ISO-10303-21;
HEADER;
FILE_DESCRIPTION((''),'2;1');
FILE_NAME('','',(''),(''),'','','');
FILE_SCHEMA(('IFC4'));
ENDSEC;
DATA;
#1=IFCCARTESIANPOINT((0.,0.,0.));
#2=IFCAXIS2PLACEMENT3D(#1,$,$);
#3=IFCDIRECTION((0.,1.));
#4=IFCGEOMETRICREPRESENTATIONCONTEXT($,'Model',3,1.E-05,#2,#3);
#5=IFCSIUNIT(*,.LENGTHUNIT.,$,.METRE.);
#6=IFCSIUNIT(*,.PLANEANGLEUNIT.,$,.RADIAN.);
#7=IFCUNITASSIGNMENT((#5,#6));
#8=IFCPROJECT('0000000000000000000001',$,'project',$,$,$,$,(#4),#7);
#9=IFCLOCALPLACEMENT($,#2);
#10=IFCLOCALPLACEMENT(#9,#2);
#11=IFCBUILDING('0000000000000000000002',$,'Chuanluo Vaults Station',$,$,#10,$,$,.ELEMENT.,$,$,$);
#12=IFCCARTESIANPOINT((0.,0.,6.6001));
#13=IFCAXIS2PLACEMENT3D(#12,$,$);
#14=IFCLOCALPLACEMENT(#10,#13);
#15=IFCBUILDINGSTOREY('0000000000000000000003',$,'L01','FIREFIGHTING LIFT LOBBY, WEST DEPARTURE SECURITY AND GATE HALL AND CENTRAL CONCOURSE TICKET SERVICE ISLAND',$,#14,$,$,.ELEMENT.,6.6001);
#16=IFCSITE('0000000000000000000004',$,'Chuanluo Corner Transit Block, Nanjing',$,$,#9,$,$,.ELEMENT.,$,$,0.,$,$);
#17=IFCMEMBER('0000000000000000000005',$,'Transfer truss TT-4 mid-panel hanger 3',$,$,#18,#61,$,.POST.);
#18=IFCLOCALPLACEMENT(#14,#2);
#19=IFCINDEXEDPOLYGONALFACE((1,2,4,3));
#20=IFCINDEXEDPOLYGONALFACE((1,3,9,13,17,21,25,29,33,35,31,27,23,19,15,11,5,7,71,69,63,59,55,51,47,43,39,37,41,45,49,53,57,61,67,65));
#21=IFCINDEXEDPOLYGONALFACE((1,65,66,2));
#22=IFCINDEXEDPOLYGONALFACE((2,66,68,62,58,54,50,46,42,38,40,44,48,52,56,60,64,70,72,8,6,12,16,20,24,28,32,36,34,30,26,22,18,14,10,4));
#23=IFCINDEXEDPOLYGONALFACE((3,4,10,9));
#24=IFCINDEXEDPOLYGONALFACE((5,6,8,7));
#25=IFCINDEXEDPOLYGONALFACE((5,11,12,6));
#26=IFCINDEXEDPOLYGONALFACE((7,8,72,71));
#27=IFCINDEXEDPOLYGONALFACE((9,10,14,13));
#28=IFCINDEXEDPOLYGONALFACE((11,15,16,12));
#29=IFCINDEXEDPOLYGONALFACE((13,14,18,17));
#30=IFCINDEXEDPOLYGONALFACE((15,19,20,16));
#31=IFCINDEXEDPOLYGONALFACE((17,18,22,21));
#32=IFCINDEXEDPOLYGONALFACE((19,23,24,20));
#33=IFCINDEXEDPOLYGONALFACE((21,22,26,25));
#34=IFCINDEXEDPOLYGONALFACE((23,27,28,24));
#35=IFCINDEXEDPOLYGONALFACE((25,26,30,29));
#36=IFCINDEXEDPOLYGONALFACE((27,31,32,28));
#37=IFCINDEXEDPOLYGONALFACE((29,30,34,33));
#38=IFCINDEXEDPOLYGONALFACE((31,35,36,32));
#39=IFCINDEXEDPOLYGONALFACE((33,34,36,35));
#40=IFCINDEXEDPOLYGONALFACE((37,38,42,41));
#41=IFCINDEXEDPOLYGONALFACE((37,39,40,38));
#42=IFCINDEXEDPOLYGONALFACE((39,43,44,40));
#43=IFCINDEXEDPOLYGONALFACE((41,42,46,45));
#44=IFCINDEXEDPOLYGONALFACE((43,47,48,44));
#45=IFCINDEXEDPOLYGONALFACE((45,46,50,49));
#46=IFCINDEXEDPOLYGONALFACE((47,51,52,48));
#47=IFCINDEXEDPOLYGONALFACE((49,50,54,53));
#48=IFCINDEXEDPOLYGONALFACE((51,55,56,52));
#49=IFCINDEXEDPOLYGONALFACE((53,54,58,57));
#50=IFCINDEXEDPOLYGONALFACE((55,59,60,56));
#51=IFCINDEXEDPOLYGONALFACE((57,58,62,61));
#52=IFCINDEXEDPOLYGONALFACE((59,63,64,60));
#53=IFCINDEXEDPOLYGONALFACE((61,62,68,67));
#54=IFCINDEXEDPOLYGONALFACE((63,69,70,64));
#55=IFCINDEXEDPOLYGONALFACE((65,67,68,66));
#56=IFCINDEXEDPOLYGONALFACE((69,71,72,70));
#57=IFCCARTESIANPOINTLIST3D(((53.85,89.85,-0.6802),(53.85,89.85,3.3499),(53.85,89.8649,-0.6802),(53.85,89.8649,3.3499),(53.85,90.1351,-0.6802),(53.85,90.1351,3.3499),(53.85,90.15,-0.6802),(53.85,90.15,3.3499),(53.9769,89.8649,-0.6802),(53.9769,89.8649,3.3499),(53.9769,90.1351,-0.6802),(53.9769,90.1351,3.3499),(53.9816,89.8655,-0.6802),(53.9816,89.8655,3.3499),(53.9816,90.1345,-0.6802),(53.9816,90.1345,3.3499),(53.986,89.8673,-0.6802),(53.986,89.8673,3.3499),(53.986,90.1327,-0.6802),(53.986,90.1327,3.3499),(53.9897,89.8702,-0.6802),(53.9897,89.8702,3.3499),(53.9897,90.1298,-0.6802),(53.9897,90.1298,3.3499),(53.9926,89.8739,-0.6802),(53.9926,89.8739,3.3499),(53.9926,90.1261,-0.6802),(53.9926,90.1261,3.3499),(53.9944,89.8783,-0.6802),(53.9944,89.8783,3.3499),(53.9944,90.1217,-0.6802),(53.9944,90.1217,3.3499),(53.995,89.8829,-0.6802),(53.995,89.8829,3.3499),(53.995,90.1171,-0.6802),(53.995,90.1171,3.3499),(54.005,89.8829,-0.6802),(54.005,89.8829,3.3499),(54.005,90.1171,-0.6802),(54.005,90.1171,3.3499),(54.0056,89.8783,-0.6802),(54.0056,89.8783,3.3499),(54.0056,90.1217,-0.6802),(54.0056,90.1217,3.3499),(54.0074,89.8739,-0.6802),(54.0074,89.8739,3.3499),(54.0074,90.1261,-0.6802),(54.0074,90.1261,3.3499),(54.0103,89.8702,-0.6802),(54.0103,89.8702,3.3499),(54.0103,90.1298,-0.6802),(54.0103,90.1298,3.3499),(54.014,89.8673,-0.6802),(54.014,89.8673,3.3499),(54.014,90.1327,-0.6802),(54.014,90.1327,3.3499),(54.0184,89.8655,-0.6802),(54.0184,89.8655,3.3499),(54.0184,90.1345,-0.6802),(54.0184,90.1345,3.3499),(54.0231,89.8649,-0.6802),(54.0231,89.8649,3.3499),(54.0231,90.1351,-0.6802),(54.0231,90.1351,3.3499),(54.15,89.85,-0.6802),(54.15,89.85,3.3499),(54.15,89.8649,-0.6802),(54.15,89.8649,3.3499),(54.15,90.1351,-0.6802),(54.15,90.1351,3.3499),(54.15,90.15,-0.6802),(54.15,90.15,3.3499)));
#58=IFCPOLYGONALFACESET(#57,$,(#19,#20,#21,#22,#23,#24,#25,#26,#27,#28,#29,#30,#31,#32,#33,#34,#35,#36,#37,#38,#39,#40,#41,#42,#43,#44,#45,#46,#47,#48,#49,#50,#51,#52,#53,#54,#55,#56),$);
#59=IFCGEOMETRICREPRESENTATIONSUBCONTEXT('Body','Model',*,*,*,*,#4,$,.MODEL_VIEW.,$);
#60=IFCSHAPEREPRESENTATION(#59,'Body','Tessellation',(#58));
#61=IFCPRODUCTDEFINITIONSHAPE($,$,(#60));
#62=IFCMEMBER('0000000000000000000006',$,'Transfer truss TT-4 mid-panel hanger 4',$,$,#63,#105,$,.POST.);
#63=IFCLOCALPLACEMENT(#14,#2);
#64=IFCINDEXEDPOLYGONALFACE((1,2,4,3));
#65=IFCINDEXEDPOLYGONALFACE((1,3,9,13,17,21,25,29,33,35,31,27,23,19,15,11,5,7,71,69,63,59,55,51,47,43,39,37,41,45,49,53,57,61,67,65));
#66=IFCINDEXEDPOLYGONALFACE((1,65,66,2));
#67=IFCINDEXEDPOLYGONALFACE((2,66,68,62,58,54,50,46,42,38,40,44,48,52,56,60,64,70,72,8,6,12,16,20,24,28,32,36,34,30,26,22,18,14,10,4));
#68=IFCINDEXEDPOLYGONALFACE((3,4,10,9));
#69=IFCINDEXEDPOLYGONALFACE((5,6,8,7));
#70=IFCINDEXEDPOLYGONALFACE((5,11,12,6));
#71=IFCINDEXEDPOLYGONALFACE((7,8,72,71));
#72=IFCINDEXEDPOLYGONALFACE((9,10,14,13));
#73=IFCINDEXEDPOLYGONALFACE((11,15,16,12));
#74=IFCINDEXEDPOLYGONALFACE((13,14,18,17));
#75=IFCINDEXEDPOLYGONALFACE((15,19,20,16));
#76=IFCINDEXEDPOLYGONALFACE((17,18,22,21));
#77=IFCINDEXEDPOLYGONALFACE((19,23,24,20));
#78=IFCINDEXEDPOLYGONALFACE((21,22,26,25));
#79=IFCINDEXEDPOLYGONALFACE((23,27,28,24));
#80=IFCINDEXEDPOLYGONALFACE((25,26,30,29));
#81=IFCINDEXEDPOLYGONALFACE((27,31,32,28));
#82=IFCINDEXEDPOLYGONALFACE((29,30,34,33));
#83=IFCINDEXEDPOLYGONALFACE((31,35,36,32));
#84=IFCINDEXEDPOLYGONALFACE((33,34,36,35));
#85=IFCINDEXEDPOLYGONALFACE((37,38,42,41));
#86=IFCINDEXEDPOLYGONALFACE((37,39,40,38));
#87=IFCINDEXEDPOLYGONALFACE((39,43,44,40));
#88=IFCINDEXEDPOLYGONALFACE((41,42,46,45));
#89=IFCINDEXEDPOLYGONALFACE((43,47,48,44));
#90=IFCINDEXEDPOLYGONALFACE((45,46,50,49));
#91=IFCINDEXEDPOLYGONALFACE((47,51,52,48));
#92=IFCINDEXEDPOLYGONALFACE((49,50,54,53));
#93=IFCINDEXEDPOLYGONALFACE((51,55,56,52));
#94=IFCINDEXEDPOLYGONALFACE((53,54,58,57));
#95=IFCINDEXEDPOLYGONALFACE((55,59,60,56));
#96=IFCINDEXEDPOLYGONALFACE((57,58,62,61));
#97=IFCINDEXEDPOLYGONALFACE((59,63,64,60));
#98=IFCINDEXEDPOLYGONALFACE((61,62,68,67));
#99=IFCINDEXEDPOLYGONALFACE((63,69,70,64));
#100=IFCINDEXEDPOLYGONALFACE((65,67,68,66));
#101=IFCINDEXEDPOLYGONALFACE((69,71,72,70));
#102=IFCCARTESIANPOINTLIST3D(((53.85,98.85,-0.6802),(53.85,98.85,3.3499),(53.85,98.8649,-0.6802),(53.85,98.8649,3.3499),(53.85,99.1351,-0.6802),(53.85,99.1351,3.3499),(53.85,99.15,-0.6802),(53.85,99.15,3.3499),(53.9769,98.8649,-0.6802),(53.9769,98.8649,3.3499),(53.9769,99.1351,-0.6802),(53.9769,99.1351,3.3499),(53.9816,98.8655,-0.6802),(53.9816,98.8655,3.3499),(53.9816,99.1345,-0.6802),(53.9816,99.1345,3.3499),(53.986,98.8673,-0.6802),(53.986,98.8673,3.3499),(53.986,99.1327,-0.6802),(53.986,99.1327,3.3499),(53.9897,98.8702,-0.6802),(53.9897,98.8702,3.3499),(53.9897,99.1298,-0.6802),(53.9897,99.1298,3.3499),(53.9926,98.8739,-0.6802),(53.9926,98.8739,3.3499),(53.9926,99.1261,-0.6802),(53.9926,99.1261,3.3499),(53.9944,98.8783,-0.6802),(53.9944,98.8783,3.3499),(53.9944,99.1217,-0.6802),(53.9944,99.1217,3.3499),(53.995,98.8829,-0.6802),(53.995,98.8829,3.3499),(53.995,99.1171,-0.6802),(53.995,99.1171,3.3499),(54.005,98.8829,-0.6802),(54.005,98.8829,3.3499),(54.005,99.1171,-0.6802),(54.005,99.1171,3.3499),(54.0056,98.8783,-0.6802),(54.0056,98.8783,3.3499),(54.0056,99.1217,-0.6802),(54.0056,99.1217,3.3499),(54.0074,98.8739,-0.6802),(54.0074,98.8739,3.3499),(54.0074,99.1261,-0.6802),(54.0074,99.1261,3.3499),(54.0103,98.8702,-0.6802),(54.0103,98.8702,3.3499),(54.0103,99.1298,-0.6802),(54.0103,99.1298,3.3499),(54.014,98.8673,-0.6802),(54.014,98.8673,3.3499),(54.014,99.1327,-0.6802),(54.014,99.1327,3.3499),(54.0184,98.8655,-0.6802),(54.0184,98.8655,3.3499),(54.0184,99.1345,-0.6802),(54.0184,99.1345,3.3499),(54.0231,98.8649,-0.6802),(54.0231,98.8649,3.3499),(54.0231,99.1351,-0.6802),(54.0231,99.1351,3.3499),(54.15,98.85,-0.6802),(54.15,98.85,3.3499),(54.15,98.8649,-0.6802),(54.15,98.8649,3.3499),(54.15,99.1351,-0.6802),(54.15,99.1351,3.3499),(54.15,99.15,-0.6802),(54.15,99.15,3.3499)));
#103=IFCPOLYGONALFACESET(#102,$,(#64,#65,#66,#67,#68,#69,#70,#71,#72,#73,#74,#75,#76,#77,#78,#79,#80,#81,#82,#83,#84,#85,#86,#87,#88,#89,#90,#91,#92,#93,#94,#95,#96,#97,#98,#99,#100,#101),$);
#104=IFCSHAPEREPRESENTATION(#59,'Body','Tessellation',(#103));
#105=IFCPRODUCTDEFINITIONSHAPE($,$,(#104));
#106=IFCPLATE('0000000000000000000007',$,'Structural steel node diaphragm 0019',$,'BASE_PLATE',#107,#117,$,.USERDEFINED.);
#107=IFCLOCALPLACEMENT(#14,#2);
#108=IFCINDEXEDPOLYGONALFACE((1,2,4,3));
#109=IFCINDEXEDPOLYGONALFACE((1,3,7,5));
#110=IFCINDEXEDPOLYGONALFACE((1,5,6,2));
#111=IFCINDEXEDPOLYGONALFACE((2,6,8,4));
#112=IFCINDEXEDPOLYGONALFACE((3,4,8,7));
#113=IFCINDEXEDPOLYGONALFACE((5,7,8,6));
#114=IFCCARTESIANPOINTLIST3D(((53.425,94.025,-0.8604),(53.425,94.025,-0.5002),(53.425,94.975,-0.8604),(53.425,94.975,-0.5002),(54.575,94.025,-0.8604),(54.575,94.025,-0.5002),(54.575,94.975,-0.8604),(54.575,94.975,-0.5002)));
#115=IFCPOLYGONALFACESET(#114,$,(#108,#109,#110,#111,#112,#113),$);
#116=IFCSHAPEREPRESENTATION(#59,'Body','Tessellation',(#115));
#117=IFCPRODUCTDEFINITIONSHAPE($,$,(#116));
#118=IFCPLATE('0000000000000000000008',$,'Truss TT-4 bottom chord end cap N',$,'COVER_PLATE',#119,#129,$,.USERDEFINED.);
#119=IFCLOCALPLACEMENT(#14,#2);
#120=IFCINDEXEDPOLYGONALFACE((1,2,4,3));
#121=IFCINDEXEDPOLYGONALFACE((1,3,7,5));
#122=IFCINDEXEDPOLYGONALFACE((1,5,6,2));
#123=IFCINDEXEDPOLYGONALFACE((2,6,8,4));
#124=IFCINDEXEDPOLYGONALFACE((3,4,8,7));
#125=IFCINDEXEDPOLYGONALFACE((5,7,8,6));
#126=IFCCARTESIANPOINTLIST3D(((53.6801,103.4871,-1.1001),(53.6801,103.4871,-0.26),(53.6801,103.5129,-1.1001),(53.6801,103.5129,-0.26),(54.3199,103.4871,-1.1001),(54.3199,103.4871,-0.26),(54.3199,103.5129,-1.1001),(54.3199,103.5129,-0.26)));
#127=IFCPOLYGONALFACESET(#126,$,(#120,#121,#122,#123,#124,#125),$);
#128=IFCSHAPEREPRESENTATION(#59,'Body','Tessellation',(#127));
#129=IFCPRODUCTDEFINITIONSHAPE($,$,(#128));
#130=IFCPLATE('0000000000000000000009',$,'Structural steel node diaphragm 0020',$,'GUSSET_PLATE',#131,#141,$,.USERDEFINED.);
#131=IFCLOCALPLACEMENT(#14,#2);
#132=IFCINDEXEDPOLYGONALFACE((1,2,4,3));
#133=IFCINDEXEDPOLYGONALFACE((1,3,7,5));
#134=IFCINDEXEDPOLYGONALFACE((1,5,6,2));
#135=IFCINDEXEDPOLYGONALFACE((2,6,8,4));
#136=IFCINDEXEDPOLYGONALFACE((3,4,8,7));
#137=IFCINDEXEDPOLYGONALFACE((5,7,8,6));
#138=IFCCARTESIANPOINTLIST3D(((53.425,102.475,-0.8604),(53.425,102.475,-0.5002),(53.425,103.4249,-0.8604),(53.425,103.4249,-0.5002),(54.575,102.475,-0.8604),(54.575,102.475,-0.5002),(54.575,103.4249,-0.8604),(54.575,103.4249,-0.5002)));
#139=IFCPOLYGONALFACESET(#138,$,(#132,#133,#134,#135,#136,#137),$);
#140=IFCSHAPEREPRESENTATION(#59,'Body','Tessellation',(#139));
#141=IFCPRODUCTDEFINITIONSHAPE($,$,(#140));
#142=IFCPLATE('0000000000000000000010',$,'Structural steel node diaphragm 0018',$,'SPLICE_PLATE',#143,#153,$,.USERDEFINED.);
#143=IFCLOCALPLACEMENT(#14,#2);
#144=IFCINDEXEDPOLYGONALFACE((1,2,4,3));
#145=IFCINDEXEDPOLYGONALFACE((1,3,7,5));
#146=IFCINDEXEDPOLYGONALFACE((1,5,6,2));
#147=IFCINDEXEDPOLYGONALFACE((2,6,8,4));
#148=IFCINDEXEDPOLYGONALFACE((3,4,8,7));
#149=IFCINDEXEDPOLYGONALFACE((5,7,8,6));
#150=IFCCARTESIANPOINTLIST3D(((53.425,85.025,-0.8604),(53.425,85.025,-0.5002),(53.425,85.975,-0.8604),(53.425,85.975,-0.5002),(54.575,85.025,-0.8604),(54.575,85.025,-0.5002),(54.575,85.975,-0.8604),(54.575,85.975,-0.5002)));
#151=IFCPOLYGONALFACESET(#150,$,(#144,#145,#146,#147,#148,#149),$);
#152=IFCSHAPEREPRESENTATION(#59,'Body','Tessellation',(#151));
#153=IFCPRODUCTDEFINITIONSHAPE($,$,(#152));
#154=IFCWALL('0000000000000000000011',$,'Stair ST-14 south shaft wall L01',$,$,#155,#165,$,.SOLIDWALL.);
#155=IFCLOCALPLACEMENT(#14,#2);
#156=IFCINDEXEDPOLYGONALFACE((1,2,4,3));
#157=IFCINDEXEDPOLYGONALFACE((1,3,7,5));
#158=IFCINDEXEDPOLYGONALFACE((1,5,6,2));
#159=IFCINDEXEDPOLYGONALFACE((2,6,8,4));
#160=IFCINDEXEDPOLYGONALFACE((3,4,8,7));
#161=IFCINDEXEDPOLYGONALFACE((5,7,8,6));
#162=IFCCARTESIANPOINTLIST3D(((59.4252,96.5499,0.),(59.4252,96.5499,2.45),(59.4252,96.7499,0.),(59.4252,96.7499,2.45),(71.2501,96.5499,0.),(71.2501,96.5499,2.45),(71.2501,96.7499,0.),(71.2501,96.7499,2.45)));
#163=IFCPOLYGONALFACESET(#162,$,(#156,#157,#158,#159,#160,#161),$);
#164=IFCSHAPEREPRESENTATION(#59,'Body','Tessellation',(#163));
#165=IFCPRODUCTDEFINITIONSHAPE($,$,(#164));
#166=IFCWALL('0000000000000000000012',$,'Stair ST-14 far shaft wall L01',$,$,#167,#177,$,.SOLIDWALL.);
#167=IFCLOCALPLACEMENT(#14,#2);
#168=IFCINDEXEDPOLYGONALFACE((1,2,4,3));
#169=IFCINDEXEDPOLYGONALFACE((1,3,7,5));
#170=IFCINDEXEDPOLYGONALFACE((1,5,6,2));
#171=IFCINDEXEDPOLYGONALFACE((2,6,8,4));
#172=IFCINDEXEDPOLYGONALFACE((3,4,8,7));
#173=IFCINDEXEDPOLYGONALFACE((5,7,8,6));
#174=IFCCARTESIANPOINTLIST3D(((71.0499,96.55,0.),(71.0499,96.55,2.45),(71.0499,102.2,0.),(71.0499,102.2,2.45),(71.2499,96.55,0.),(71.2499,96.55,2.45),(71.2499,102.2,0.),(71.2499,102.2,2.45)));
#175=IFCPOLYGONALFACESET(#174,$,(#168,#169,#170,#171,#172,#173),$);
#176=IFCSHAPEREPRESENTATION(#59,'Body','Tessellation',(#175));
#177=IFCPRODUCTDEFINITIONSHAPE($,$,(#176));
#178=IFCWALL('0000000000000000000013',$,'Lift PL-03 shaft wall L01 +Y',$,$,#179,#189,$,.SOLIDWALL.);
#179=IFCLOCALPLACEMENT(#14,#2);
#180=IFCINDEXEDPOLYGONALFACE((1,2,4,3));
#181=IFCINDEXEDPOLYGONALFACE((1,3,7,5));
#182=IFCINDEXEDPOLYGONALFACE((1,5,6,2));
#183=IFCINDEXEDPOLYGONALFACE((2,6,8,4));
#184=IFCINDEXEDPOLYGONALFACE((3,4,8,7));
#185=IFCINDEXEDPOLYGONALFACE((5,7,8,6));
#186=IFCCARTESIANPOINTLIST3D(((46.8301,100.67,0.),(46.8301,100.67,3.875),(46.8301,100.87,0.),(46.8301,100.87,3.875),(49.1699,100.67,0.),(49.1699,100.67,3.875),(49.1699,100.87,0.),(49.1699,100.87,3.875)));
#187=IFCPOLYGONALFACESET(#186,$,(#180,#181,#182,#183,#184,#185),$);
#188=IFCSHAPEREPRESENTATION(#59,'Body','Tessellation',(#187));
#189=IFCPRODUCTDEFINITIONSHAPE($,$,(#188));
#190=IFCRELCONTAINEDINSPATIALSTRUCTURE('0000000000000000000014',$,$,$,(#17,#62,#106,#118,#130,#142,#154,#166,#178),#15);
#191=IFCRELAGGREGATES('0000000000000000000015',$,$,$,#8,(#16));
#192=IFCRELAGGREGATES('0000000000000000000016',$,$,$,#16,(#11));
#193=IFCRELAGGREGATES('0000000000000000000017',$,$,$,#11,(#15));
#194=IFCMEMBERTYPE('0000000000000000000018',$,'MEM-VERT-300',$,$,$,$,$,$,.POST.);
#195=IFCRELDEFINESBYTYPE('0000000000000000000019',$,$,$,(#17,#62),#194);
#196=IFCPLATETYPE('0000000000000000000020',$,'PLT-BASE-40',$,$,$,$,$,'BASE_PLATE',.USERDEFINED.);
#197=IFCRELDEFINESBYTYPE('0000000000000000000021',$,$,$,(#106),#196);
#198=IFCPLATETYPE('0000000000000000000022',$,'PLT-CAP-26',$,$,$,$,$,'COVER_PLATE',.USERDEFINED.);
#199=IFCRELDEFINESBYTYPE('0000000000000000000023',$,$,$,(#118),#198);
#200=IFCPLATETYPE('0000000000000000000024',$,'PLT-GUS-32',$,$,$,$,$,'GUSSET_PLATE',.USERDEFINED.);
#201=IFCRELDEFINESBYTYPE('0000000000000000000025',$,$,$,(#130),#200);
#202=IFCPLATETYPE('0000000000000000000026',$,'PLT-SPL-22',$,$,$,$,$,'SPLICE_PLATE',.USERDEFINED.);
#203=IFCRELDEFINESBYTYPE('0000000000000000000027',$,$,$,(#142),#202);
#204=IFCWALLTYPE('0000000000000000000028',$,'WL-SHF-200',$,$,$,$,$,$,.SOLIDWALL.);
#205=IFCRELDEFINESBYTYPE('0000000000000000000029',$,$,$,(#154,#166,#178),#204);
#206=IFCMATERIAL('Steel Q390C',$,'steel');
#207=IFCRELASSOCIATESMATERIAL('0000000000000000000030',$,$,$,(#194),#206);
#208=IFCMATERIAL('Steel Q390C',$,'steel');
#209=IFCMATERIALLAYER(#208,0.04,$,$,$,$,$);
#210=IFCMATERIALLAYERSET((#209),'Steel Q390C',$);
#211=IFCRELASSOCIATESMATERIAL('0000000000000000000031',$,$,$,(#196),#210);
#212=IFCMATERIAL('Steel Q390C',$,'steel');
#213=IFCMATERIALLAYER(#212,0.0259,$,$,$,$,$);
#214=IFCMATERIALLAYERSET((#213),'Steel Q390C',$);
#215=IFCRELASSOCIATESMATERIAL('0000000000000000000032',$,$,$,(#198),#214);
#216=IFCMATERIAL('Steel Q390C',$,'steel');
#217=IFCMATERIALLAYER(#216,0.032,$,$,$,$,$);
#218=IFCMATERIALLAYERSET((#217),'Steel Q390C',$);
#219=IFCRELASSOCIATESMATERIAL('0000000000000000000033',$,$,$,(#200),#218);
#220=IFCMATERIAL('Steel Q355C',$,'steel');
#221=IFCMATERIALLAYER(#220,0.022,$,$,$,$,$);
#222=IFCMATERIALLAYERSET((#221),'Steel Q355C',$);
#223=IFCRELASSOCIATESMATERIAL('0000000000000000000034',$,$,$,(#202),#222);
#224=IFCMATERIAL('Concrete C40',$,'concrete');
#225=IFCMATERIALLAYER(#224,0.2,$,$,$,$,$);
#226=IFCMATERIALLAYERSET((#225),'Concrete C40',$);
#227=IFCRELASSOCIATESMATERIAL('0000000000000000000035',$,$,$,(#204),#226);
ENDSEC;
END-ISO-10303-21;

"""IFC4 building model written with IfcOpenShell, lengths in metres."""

from ifc_helpers import new_model, si_unit, direction, frame, frame_2d, origin, origin_2d, place, context, subcontext, project, spatial, rectangle, i_section, extrude, material, layer, layer_set, material_profile, profile_set, type_object, element, save


model = new_model("IFC4")

# Units and contexts
model_context = context("Model", 3, precision=1e-05, world=origin(), true_north=direction((0.0, 1.0)))
body_context = subcontext(model_context, "Body", "Model", "MODEL_VIEW")
ifc_project = project(units=[si_unit("LENGTHUNIT", "METRE"), si_unit("PLANEANGLEUNIT", "RADIAN")], contexts=[model_context])

# Site, building, storey
site_placement = place(None, origin())
site = spatial("IfcSite", under=ifc_project, at=site_placement, Name="Chuanluo Corner Transit Block, Nanjing", CompositionType="ELEMENT", RefElevation=0.0)
building_placement = place(site_placement, origin())
building = spatial("IfcBuilding", under=site, at=building_placement, Name="Chuanluo Vaults Station", CompositionType="ELEMENT")
storey_placement = place(building_placement, frame((0.0, 0.0, 6.6001)))
storey = spatial("IfcBuildingStorey", under=building, at=storey_placement, Name="L01", Description="FIREFIGHTING LIFT LOBBY, WEST DEPARTURE SECURITY AND GATE HALL AND CENTRAL CONCOURSE TICKET SERVICE ISLAND", CompositionType="ELEMENT", Elevation=6.6001)

# Members
ifc_material_1 = material(Name="Steel Q390C", Category="steel")
ifc_material_profile_1 = material_profile(ifc_material_1, i_section(OverallWidth=0.3, OverallDepth=0.3, WebThickness=0.01, FlangeThickness=0.0149, FilletRadius=0.0181, at=origin_2d()))
ifc_profile_set_1 = profile_set([ifc_material_profile_1], Name="Steel Q390C")
member_type_1 = type_object("IfcMemberType", Name="MEM-VERT-300", PredefinedType="POST", material=ifc_profile_set_1)
for number, where, z_axis, x_axis, name in (
    (1, (54.0, 90.0, -0.6802), (0.0, 0.0, 1.0), (1.0, 0.0, 0.0), "Transfer truss TT-4 mid-panel hanger 3"),
    (2, (54.0, 99.0, -0.6802), (0.0, 0.0, 1.0), (1.0, 0.0, 0.0), "Transfer truss TT-4 mid-panel hanger 4"),
):
    element("IfcMember", number, at=place(storey_placement, frame(where, z_axis=z_axis, x_axis=x_axis)), inside=storey, type_object=member_type_1, Name=name, PredefinedType="POST", context=body_context, shape_type="SweptSolid", body=[
        extrude(i_section(OverallWidth=0.3, OverallDepth=0.3, WebThickness=0.01, FlangeThickness=0.0149, FilletRadius=0.0181, at=origin_2d()), origin(), (0.0, 0.0, 1.0), 4.03),
    ])

# Plates
ifc_material_2 = material(Name="Steel Q390C", Category="steel")
ifc_layer_1 = layer(ifc_material_2, 0.04)
ifc_layer_set_1 = layer_set([ifc_layer_1], Name="Steel Q390C")
plate_type_1 = type_object("IfcPlateType", Name="PLT-BASE-40", ElementType="BASE_PLATE", PredefinedType="USERDEFINED", material=ifc_layer_set_1)
plate_1_placement = place(storey_placement, frame((54.0, 94.5, -0.8604), z_axis=(0.0, 0.0, 1.0), x_axis=(1.0, 0.0, 0.0)))
element("IfcPlate", 3, at=plate_1_placement, inside=storey, type_object=plate_type_1, Name="Structural steel node diaphragm 0019", ObjectType="BASE_PLATE", PredefinedType="USERDEFINED", context=body_context, shape_type="SweptSolid", body=[
    extrude(rectangle(XDim=1.1499, YDim=0.95, at=origin_2d()), origin(), (0.0, 0.0, 1.0), 0.3601),
])
ifc_material_3 = material(Name="Steel Q390C", Category="steel")
ifc_layer_2 = layer(ifc_material_3, 0.0259)
ifc_layer_set_2 = layer_set([ifc_layer_2], Name="Steel Q390C")
plate_type_2 = type_object("IfcPlateType", Name="PLT-CAP-26", ElementType="COVER_PLATE", PredefinedType="USERDEFINED", material=ifc_layer_set_2)
plate_2_placement = place(storey_placement, frame((54.0, 103.5, -1.1001), z_axis=(0.0, 0.0, 1.0), x_axis=(1.0, 0.0, 0.0)))
element("IfcPlate", 4, at=plate_2_placement, inside=storey, type_object=plate_type_2, Name="Truss TT-4 bottom chord end cap N", ObjectType="COVER_PLATE", PredefinedType="USERDEFINED", context=body_context, shape_type="SweptSolid", body=[
    extrude(rectangle(XDim=0.6399, YDim=0.0259, at=origin_2d()), origin(), (0.0, 0.0, 1.0), 0.8401),
])
ifc_material_4 = material(Name="Steel Q390C", Category="steel")
ifc_layer_3 = layer(ifc_material_4, 0.032)
ifc_layer_set_3 = layer_set([ifc_layer_3], Name="Steel Q390C")
plate_type_3 = type_object("IfcPlateType", Name="PLT-GUS-32", ElementType="GUSSET_PLATE", PredefinedType="USERDEFINED", material=ifc_layer_set_3)
plate_3_placement = place(storey_placement, frame((54.0, 102.95, -0.8604), z_axis=(0.0, 0.0, 1.0), x_axis=(1.0, 0.0, 0.0)))
element("IfcPlate", 5, at=plate_3_placement, inside=storey, type_object=plate_type_3, Name="Structural steel node diaphragm 0020", ObjectType="GUSSET_PLATE", PredefinedType="USERDEFINED", context=body_context, shape_type="SweptSolid", body=[
    extrude(rectangle(XDim=1.1499, YDim=0.95, at=origin_2d()), origin(), (0.0, 0.0, 1.0), 0.3601),
])
ifc_material_5 = material(Name="Steel Q355C", Category="steel")
ifc_layer_4 = layer(ifc_material_5, 0.022)
ifc_layer_set_4 = layer_set([ifc_layer_4], Name="Steel Q355C")
plate_type_4 = type_object("IfcPlateType", Name="PLT-SPL-22", ElementType="SPLICE_PLATE", PredefinedType="USERDEFINED", material=ifc_layer_set_4)
plate_4_placement = place(storey_placement, frame((54.0, 85.5, -0.8604), z_axis=(0.0, 0.0, 1.0), x_axis=(1.0, 0.0, 0.0)))
element("IfcPlate", 6, at=plate_4_placement, inside=storey, type_object=plate_type_4, Name="Structural steel node diaphragm 0018", ObjectType="SPLICE_PLATE", PredefinedType="USERDEFINED", context=body_context, shape_type="SweptSolid", body=[
    extrude(rectangle(XDim=1.1499, YDim=0.95, at=origin_2d()), origin(), (0.0, 0.0, 1.0), 0.3601),
])

# Walls
ifc_material_6 = material(Name="Concrete C40", Category="concrete")
ifc_layer_5 = layer(ifc_material_6, 0.2)
ifc_layer_set_5 = layer_set([ifc_layer_5], Name="Concrete C40")
wall_type = type_object("IfcWallType", Name="WL-SHF-200", PredefinedType="SOLIDWALL", material=ifc_layer_set_5)
wall_1_placement = place(storey_placement, frame((59.425, 96.6499, 0.0), z_axis=(0.0, 0.0, 1.0), x_axis=(1.0, 0.0, 0.0)))
element("IfcWall", 7, at=wall_1_placement, inside=storey, type_object=wall_type, Name="Stair ST-14 south shaft wall L01", PredefinedType="SOLIDWALL", context=body_context, shape_type="SweptSolid", body=[
    extrude(rectangle(XDim=11.825, YDim=0.2, at=frame_2d((5.9126, 0.0))), origin(), (0.0, 0.0, 1.0), 2.45),
])
wall_2_placement = place(storey_placement, frame((71.1499, 96.55, 0.0), z_axis=(0.0, 0.0, 1.0), x_axis=(0.0, 1.0, 0.0)))
element("IfcWall", 8, at=wall_2_placement, inside=storey, type_object=wall_type, Name="Stair ST-14 far shaft wall L01", PredefinedType="SOLIDWALL", context=body_context, shape_type="SweptSolid", body=[
    extrude(rectangle(XDim=5.6499, YDim=0.2, at=frame_2d((2.825, 0.0))), origin(), (0.0, 0.0, 1.0), 2.45),
])

# Wall
wall_3_placement = place(storey_placement, frame((49.1699, 100.77, 0.0), z_axis=(0.0, 0.0, 1.0), x_axis=(-1.0, 0.0, 0.0)))
element("IfcWall", 9, at=wall_3_placement, inside=storey, type_object=wall_type, Name="Lift PL-03 shaft wall L01 +Y", PredefinedType="SOLIDWALL", context=body_context, shape_type="SweptSolid", body=[
    extrude(rectangle(XDim=2.3398, YDim=0.2, at=frame_2d((1.1699, 0.0))), origin(), (0.0, 0.0, 1.0), 3.875),
])

save(model, "model.ifc")
